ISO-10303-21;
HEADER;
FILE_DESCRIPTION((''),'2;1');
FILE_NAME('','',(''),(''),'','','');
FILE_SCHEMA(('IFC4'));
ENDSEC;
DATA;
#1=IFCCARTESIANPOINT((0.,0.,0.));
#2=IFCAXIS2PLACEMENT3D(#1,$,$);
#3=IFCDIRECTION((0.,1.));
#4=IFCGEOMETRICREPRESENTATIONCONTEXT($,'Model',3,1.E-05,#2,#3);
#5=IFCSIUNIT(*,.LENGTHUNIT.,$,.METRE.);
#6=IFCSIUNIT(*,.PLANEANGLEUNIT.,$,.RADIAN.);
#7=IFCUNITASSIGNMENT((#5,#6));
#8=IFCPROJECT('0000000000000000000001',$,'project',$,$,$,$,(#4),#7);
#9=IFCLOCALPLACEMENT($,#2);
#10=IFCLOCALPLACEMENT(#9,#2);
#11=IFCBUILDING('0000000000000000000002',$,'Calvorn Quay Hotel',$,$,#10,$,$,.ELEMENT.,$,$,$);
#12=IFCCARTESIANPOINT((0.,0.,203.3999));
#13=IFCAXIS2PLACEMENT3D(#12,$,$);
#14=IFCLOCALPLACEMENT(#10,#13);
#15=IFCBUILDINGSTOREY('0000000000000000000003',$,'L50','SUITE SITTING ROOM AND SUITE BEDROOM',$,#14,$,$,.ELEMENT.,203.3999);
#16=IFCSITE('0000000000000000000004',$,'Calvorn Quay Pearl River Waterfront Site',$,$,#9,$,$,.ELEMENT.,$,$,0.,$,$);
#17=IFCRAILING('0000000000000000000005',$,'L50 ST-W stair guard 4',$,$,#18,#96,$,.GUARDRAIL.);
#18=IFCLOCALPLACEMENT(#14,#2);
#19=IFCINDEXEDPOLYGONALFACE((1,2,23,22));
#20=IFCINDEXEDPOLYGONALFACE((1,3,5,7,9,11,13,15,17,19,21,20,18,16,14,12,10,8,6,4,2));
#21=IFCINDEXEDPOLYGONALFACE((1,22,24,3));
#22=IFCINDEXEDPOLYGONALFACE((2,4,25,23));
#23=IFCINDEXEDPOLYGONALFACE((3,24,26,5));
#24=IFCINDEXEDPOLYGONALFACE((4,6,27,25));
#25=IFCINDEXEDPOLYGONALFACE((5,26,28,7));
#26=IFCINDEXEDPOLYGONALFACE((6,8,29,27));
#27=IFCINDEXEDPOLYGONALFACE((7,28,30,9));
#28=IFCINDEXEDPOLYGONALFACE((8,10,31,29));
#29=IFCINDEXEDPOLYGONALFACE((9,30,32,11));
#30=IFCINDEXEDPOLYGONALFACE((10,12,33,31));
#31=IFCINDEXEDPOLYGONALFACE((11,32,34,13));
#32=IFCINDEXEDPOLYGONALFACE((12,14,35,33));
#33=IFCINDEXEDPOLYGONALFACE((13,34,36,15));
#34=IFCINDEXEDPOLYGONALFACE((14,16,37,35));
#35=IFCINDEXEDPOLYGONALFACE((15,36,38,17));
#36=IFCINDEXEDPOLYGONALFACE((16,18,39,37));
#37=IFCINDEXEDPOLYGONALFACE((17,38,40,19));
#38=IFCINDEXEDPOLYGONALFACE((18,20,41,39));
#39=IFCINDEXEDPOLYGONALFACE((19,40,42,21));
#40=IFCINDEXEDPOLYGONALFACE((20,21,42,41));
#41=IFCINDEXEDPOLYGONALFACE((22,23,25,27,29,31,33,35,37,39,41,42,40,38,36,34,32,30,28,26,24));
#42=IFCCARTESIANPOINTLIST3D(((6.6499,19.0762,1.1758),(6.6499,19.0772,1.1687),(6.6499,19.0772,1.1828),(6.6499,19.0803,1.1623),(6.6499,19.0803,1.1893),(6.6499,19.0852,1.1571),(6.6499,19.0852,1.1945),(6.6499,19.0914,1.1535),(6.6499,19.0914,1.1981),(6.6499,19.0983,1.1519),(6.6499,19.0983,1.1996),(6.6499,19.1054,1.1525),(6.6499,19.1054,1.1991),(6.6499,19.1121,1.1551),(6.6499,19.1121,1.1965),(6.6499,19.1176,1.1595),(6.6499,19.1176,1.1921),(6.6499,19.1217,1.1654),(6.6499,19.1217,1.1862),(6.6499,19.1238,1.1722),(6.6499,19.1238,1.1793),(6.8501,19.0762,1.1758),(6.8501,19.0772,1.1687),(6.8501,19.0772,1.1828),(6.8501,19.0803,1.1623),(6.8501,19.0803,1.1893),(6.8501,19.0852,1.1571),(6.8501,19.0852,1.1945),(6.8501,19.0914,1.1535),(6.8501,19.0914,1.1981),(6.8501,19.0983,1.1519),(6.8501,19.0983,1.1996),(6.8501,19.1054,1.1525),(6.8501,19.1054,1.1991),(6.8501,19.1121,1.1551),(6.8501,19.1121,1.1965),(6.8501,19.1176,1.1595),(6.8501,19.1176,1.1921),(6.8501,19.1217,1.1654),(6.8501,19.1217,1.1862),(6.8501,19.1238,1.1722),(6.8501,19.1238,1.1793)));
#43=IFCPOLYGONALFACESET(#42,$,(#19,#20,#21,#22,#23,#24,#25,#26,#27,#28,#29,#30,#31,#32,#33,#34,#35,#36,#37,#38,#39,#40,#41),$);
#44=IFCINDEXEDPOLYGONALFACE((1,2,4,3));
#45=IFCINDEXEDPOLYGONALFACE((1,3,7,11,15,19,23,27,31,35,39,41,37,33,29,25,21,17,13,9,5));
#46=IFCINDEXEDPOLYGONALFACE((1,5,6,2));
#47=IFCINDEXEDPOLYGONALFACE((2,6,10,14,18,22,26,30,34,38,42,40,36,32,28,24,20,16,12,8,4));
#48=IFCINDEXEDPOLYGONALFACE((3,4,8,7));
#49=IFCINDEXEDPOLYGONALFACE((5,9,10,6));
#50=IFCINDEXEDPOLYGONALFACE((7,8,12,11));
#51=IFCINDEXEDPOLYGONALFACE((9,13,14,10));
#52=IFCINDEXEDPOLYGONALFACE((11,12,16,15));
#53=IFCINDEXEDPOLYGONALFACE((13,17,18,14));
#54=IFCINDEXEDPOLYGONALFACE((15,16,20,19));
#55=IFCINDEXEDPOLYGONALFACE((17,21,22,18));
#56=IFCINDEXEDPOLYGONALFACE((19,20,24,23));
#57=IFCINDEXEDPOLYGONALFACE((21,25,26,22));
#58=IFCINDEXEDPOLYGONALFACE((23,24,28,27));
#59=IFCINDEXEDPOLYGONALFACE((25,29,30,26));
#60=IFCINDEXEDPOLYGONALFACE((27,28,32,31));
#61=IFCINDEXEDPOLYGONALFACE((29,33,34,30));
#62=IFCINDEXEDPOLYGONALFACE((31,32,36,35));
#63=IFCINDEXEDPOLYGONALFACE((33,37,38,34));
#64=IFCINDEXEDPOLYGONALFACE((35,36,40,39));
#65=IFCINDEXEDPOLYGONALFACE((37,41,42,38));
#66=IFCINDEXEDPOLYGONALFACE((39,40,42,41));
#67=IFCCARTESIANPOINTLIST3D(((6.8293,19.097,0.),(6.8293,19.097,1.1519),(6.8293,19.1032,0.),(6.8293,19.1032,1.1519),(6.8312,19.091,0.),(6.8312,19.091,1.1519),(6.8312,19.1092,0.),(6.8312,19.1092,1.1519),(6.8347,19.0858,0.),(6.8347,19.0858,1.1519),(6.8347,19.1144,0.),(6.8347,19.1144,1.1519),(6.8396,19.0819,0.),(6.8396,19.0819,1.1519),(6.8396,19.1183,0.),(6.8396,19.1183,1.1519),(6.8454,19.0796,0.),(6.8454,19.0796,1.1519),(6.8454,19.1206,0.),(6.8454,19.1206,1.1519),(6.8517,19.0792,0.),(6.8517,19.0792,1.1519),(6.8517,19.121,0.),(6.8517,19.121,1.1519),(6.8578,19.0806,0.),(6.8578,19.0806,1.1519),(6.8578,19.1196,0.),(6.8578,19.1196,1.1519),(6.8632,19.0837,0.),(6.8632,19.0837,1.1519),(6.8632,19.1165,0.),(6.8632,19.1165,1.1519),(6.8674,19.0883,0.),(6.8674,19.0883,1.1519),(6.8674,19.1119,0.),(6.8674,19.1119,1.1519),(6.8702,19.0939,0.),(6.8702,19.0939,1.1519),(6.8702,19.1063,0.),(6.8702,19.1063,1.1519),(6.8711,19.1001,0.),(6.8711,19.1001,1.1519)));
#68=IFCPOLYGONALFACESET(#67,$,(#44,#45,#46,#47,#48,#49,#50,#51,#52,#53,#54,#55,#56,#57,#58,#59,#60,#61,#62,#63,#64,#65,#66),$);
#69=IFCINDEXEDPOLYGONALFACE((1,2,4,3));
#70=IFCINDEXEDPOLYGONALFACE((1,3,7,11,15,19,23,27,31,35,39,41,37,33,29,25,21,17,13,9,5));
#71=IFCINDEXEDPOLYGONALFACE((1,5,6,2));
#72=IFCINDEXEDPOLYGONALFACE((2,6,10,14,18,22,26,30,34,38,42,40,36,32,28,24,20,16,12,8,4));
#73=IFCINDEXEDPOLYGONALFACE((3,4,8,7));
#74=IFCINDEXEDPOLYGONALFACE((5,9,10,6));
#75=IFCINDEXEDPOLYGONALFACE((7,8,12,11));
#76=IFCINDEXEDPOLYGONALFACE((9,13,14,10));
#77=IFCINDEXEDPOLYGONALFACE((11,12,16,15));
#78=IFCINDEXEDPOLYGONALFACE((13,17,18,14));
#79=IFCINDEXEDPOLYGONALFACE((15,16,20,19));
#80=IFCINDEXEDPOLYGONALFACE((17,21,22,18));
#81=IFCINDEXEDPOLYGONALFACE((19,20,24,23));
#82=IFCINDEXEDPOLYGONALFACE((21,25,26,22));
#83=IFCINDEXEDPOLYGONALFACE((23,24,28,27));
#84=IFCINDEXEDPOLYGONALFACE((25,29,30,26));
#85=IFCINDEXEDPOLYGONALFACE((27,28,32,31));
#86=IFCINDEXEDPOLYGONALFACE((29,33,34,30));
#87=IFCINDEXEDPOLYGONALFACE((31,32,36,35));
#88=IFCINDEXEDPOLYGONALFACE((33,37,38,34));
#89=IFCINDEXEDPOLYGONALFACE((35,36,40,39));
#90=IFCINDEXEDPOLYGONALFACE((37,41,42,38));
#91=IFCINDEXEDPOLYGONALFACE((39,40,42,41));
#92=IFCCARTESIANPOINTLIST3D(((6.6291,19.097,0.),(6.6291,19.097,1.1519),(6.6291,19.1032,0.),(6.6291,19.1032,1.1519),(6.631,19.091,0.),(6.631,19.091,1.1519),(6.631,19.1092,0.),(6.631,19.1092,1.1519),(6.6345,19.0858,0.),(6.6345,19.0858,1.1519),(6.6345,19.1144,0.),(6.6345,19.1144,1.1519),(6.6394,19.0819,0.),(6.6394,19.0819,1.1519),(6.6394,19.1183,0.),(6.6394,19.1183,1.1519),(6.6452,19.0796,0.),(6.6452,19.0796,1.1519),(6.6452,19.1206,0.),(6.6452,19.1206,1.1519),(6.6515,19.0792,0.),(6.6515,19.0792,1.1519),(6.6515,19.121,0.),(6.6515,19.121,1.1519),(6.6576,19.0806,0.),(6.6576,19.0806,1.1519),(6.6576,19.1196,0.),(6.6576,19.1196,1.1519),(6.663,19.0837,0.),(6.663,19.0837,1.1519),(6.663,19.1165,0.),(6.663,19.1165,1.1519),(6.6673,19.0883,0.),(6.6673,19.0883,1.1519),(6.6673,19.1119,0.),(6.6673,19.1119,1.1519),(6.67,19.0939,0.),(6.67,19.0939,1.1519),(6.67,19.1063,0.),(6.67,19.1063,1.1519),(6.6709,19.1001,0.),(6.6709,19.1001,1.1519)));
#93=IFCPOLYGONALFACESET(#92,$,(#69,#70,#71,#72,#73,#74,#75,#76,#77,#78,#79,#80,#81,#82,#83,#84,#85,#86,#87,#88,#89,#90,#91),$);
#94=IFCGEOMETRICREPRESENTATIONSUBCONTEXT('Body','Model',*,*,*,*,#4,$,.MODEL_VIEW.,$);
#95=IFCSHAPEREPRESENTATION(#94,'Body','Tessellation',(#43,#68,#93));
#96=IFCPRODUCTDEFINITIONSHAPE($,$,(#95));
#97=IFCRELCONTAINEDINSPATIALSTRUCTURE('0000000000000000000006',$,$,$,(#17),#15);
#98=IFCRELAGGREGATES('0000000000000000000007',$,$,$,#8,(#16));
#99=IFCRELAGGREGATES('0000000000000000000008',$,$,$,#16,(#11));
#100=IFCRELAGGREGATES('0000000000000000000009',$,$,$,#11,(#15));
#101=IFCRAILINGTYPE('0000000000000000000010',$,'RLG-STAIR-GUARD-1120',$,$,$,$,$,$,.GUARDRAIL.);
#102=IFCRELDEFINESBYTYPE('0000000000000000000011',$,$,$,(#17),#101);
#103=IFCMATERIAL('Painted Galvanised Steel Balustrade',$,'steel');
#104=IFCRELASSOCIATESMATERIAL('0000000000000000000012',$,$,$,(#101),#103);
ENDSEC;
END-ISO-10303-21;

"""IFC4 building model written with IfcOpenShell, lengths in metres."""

from ifc_helpers import new_model, si_unit, direction, frame, origin, origin_2d, place, context, subcontext, project, spatial, circle, extrude, material, type_object, element, save


model = new_model("IFC4")

# Units and contexts
model_context = context("Model", 3, precision=1e-05, world=origin(), true_north=direction((0.0, 1.0)))
body_context = subcontext(model_context, "Body", "Model", "MODEL_VIEW")
ifc_project = project(units=[si_unit("LENGTHUNIT", "METRE"), si_unit("PLANEANGLEUNIT", "RADIAN")], contexts=[model_context])

# Site, building, storey
site_placement = place(None, origin())
site = spatial("IfcSite", under=ifc_project, at=site_placement, Name="Calvorn Quay Pearl River Waterfront Site", CompositionType="ELEMENT", RefElevation=0.0)
building_placement = place(site_placement, origin())
building = spatial("IfcBuilding", under=site, at=building_placement, Name="Calvorn Quay Hotel", CompositionType="ELEMENT")
storey_placement = place(building_placement, frame((0.0, 0.0, 203.3999)))
storey = spatial("IfcBuildingStorey", under=building, at=storey_placement, Name="L50", Description="SUITE SITTING ROOM AND SUITE BEDROOM", CompositionType="ELEMENT", Elevation=203.3999)

# Railing
ifc_material_1 = material(Name="Painted Galvanised Steel Balustrade", Category="steel")
railing_type_1 = type_object("IfcRailingType", Name="RLG-STAIR-GUARD-1120", PredefinedType="GUARDRAIL", material=ifc_material_1)
railing_1_placement = place(storey_placement, frame((6.8501, 19.1001, 0.0)))
element("IfcRailing", 1, at=railing_1_placement, inside=storey, type_object=railing_type_1, Name="L50 ST-W stair guard 4", PredefinedType="GUARDRAIL", context=body_context, shape_type="SweptSolid", body=[
    extrude(circle(Radius=0.0239, at=origin_2d()), frame((0.0, 0.0, 1.1758), z_axis=(-1.0, 0.0, 0.0), x_axis=(0.0, -1.0, 0.0)), (0.0, 0.0, 1.0), 0.2002),
    extrude(circle(Radius=0.021, at=origin_2d()), origin(), (0.0, 0.0, 1.0), 1.1519),
    extrude(circle(Radius=0.021, at=origin_2d()), frame((-0.2002, 0.0, 0.0)), (0.0, 0.0, 1.0), 1.1519),
])

save(model, "model.ifc")
